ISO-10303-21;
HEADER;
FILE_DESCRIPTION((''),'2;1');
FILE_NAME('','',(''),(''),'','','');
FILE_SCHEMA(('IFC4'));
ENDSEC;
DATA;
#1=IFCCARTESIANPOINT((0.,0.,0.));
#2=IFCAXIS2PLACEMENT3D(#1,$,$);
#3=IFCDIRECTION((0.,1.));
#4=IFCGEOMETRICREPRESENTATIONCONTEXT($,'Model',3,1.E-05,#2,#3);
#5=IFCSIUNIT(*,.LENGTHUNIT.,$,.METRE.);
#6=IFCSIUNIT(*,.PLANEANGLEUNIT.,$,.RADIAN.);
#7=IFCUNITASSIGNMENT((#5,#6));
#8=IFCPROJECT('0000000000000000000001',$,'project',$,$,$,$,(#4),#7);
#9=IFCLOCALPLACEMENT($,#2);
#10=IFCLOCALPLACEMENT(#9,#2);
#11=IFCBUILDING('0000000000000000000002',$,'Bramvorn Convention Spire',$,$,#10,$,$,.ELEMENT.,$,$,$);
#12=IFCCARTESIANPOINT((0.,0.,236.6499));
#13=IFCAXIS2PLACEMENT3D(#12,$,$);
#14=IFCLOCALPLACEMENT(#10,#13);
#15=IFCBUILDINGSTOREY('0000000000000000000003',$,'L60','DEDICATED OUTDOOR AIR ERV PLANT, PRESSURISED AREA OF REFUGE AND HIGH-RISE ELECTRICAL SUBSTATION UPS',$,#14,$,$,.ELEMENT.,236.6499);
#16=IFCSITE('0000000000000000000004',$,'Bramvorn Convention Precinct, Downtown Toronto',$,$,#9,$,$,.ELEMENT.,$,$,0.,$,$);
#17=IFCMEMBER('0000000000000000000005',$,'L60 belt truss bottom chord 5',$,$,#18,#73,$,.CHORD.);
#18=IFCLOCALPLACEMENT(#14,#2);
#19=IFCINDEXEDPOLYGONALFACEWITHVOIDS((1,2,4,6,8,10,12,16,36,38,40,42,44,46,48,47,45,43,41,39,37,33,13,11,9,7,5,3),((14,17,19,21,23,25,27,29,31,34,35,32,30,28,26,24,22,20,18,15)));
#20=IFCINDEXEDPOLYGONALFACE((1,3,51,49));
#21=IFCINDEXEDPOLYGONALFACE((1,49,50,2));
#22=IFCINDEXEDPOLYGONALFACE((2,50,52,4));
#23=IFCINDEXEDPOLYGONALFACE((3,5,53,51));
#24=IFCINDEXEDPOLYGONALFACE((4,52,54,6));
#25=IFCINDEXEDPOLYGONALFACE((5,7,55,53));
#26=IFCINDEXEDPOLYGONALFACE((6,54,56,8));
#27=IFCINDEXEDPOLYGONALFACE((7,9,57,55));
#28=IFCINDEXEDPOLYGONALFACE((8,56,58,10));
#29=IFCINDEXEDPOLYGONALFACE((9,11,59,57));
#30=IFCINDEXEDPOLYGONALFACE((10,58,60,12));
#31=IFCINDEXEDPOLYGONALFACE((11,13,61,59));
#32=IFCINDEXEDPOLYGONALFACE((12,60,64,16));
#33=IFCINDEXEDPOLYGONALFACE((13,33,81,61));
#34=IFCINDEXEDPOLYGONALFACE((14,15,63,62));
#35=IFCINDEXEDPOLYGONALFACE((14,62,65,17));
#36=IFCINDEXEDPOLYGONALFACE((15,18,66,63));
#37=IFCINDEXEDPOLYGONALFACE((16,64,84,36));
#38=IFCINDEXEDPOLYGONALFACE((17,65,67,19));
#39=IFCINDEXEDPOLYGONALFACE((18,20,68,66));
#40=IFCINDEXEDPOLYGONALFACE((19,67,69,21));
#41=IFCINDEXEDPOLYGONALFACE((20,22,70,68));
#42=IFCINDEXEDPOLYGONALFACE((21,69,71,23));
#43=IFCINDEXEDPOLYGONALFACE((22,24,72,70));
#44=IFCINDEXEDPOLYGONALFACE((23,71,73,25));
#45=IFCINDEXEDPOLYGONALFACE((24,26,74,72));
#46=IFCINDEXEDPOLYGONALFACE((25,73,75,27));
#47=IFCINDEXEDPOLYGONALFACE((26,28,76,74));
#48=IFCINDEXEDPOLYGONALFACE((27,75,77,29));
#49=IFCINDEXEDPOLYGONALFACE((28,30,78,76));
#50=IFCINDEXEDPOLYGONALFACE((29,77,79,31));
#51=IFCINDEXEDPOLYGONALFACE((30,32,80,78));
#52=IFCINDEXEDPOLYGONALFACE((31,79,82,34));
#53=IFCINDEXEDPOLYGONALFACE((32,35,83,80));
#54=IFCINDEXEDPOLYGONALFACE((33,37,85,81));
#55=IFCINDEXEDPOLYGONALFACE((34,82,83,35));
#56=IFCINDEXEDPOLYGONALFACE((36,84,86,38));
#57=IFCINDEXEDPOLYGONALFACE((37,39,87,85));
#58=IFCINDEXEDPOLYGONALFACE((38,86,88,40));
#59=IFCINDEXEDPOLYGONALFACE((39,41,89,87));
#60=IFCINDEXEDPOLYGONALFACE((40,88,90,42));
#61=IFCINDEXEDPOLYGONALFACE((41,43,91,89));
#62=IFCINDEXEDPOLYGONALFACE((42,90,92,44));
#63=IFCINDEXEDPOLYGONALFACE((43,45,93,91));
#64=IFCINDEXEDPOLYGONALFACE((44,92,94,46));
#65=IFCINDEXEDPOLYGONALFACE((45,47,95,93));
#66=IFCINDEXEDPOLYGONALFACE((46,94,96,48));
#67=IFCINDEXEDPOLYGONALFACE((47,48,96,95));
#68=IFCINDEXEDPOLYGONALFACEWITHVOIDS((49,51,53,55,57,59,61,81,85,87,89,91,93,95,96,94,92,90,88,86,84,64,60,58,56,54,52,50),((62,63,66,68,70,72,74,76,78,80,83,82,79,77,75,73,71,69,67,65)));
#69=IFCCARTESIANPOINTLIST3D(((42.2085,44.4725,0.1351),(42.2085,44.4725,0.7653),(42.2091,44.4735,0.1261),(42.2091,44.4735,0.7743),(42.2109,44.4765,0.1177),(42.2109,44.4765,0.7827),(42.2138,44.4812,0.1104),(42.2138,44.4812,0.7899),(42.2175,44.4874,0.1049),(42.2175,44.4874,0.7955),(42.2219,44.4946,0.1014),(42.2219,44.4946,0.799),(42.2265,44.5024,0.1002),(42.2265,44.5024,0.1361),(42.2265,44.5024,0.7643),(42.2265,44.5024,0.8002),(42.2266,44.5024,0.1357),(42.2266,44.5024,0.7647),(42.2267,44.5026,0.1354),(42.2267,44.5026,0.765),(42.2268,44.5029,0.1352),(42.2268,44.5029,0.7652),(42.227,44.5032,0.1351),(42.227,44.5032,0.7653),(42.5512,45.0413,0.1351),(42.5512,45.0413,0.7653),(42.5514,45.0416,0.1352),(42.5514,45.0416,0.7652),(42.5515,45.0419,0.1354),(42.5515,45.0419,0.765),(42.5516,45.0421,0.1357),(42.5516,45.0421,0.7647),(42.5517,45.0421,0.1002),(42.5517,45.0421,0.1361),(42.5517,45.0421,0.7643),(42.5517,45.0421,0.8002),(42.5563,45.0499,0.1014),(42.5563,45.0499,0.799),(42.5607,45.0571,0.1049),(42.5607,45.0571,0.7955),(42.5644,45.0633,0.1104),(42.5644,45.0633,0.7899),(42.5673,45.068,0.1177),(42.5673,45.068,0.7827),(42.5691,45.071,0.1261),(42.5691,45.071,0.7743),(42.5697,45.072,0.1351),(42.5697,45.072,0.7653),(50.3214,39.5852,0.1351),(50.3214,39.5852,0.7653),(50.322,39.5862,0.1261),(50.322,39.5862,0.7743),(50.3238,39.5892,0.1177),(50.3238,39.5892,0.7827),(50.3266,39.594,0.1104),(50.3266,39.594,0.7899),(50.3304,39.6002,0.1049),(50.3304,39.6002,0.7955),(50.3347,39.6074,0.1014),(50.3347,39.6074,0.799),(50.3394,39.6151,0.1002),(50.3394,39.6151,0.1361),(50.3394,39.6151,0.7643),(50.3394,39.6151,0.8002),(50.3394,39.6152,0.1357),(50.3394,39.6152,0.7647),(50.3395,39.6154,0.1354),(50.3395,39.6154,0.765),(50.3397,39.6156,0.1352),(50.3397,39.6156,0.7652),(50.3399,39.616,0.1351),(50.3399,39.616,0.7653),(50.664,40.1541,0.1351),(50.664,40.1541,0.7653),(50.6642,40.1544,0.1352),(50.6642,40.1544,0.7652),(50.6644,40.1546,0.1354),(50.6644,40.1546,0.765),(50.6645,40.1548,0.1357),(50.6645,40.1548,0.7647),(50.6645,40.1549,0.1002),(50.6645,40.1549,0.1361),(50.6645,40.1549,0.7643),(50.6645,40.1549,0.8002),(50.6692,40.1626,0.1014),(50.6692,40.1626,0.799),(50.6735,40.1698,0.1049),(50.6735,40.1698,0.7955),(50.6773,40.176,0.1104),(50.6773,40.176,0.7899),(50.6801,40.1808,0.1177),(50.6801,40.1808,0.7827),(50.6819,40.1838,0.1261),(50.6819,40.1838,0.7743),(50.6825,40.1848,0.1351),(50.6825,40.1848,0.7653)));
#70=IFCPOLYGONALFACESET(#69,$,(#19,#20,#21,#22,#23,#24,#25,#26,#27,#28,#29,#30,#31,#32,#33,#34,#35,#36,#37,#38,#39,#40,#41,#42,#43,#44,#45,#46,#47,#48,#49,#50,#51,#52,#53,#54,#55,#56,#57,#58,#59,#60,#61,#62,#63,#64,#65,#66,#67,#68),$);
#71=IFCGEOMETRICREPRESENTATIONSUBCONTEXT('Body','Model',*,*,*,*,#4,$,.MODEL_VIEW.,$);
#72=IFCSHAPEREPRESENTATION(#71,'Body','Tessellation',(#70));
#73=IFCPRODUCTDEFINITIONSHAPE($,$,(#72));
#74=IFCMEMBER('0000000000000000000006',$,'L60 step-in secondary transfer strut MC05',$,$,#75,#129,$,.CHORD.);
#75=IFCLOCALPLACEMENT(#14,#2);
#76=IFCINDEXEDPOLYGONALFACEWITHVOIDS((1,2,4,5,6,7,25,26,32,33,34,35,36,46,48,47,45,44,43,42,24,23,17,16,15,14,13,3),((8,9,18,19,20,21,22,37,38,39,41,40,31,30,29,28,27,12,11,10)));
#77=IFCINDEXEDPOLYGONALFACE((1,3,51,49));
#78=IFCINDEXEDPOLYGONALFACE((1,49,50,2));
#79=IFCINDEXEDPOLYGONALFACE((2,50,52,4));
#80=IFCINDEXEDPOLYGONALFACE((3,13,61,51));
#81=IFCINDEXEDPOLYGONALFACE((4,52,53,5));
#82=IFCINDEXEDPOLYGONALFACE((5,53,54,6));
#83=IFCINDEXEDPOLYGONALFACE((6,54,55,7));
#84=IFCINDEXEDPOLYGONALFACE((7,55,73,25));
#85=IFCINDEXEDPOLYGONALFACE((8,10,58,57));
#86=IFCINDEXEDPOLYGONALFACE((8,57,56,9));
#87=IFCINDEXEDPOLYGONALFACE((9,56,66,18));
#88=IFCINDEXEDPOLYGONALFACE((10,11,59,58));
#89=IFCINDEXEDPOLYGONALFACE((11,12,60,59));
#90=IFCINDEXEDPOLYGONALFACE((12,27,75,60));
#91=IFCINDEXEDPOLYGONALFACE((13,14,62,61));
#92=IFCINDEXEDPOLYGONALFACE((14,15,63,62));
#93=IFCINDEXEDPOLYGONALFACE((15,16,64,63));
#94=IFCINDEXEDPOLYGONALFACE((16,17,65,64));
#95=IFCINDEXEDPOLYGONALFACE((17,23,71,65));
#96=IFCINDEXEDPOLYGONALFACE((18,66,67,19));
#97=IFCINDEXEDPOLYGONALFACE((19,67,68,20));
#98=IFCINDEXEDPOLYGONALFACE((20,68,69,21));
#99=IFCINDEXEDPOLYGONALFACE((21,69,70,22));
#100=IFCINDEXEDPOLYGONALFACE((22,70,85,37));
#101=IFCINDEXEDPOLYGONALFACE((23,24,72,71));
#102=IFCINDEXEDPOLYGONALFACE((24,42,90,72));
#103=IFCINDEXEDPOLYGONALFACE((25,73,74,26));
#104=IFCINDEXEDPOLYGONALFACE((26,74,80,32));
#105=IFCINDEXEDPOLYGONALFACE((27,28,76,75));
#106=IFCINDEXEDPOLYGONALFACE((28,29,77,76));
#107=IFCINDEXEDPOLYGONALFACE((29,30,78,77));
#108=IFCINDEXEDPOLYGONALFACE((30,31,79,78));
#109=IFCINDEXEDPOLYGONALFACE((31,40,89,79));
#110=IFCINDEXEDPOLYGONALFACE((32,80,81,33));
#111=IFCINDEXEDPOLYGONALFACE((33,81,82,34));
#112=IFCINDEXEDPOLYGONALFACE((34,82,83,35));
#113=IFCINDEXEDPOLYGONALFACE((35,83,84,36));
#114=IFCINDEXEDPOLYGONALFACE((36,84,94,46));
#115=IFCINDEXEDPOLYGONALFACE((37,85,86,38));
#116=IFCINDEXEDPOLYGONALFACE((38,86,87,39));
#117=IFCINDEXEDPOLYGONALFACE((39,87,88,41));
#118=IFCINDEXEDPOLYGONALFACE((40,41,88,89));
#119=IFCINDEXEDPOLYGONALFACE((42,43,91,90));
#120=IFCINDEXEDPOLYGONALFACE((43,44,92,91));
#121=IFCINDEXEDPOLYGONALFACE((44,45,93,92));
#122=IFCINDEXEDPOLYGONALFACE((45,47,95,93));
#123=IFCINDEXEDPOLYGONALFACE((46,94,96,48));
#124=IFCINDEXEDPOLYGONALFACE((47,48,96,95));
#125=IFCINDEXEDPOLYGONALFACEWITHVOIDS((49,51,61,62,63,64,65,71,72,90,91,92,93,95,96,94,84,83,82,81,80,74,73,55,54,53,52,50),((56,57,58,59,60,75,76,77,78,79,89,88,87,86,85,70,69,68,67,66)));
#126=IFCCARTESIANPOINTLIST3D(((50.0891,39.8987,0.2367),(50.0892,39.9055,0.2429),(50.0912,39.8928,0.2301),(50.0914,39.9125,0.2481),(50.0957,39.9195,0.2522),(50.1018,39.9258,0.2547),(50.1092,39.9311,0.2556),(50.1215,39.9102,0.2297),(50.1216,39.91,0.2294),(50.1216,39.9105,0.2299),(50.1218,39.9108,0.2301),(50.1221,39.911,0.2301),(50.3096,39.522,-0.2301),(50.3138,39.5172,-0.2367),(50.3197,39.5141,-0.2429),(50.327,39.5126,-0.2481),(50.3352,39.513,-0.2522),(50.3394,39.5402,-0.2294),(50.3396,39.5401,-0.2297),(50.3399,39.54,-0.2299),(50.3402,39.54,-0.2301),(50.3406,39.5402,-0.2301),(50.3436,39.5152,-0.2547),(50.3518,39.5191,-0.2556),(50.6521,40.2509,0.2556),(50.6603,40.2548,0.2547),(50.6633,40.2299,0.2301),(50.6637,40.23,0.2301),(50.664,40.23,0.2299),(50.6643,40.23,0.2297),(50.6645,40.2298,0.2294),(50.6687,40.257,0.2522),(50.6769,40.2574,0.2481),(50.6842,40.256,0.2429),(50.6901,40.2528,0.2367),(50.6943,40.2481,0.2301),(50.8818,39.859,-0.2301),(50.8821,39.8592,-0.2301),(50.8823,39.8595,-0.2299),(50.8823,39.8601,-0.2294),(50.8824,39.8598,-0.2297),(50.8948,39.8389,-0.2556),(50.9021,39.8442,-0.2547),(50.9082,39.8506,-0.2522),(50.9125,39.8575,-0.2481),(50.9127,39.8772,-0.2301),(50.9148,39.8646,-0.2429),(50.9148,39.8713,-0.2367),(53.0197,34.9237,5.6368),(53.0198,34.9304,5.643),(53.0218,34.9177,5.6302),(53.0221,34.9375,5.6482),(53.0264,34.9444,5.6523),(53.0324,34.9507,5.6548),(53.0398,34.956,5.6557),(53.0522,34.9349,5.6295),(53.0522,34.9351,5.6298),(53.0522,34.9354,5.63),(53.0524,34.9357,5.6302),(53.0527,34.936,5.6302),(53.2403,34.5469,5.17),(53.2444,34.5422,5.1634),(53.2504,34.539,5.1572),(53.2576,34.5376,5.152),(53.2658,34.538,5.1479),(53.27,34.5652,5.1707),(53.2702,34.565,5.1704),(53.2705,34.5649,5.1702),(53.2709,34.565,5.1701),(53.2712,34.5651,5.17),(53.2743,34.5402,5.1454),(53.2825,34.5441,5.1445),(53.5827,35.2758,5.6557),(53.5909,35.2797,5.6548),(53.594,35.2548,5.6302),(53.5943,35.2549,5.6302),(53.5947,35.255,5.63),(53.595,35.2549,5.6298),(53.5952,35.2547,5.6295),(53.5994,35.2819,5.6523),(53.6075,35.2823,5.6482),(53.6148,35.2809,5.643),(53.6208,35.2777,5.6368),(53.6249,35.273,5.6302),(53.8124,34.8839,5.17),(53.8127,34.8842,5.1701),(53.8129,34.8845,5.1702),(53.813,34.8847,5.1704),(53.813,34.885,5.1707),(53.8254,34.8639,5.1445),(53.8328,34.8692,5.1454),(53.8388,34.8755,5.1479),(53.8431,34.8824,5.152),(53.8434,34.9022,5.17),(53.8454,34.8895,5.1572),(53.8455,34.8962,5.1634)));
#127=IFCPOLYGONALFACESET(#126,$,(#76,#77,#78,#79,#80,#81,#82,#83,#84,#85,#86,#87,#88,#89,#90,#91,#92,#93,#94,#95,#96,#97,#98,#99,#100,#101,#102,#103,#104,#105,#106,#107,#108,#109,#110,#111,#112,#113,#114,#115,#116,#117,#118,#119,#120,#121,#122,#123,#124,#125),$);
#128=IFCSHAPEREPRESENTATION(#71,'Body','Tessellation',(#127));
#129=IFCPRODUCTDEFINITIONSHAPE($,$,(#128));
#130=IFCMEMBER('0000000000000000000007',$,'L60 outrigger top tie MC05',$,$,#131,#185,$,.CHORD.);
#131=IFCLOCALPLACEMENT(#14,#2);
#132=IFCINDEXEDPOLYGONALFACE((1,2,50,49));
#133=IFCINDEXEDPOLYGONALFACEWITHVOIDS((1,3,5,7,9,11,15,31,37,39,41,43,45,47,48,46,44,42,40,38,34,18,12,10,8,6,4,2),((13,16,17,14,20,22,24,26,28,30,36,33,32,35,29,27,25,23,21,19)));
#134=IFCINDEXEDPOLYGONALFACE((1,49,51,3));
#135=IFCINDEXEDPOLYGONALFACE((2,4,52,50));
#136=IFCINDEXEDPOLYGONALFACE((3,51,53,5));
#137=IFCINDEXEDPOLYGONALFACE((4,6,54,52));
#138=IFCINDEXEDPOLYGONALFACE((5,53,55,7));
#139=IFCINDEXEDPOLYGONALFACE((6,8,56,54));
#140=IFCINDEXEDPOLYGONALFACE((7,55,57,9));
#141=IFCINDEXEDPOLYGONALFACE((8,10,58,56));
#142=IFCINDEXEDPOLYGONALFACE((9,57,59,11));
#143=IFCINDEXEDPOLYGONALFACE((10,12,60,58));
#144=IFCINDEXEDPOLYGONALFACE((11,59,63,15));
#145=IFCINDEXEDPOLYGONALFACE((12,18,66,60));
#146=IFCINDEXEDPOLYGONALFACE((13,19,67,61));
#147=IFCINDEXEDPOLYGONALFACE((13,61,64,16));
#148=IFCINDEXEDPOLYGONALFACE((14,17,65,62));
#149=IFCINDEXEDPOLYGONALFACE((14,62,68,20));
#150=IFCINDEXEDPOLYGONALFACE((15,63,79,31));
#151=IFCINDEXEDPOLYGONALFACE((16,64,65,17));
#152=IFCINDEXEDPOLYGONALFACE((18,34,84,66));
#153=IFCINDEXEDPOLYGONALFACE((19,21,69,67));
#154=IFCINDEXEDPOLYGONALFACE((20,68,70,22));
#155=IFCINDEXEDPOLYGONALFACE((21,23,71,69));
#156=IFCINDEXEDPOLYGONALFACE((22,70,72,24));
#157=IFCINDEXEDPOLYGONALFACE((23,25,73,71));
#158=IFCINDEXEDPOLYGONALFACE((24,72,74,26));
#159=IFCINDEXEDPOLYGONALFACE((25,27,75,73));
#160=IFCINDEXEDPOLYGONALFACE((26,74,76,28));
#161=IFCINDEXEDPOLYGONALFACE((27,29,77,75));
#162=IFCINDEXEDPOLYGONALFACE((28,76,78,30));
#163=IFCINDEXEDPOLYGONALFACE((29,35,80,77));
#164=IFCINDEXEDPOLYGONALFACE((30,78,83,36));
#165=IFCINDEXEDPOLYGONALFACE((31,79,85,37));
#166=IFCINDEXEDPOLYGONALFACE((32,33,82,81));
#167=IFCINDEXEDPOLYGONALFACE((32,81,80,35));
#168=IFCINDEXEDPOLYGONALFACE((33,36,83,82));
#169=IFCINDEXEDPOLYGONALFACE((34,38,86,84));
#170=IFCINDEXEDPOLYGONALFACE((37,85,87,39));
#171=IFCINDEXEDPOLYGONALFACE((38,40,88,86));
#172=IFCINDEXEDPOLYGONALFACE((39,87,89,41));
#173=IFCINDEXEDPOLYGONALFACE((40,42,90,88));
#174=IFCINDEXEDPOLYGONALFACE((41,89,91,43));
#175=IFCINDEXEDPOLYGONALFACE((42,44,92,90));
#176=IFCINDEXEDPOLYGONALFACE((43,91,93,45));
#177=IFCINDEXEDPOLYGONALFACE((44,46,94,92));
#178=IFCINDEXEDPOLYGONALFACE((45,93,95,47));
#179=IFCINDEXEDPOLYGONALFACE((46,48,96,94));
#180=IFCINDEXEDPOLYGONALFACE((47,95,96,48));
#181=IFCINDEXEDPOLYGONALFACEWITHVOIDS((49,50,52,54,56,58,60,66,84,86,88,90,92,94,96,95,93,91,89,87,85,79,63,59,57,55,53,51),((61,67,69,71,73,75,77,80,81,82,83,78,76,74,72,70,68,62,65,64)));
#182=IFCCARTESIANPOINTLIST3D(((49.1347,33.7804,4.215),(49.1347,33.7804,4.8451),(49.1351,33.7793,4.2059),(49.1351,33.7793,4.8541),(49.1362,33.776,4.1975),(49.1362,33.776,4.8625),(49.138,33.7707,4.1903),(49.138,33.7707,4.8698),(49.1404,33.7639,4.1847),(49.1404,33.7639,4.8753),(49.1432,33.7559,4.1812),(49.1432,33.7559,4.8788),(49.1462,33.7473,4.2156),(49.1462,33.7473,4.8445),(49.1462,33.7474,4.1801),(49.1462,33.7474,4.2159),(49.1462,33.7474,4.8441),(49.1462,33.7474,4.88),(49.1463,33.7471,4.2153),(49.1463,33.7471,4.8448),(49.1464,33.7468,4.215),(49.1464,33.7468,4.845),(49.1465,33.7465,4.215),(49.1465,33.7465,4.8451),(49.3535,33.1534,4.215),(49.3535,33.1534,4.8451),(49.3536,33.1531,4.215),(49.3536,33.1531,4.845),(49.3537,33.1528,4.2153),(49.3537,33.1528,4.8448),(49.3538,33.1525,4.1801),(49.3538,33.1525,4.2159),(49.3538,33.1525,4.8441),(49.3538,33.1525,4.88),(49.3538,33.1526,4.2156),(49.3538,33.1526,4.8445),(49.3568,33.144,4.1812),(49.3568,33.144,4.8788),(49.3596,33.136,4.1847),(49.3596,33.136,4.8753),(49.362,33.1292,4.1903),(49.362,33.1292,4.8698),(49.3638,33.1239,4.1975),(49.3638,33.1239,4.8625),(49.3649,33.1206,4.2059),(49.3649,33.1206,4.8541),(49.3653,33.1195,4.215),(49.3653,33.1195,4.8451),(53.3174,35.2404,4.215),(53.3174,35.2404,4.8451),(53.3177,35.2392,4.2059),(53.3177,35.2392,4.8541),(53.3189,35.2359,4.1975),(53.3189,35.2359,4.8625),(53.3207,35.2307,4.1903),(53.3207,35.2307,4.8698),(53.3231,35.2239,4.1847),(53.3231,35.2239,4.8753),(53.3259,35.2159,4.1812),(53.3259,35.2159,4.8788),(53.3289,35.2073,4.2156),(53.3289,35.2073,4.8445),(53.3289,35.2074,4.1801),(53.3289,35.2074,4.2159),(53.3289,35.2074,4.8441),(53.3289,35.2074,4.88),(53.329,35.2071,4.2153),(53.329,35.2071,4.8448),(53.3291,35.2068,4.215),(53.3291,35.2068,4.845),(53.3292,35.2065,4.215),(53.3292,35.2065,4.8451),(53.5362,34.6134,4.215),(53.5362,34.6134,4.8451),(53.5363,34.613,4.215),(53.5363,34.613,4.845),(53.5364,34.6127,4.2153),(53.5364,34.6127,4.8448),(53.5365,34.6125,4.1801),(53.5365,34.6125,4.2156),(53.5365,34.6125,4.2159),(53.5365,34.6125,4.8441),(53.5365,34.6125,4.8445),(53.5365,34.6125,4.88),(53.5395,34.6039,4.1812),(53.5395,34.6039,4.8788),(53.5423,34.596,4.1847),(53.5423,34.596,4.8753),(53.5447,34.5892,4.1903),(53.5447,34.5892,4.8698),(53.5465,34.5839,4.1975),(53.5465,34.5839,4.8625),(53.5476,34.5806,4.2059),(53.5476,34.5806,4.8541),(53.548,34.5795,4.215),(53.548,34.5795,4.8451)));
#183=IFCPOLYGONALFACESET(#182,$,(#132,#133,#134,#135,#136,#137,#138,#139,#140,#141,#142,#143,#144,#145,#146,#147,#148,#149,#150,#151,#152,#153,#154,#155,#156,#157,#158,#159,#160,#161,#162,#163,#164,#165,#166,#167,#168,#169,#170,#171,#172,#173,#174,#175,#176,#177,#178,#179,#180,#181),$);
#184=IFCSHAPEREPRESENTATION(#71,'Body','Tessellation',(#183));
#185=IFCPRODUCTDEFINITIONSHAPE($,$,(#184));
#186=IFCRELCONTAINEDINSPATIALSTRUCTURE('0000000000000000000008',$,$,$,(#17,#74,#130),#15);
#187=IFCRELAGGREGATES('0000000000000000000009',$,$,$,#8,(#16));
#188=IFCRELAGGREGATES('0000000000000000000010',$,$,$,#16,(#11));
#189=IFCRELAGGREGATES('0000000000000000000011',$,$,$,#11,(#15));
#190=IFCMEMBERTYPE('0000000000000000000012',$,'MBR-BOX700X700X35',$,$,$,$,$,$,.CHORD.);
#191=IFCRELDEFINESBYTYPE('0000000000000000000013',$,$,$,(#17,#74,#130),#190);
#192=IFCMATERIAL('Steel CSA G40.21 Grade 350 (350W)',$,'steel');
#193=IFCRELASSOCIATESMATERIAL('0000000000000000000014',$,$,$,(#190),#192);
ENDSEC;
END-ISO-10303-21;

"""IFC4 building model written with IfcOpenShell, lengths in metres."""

from ifc_helpers import new_model, si_unit, direction, frame, origin, origin_2d, place, context, subcontext, project, spatial, hollow_rectangle, extrude, material, material_profile, profile_set, type_object, element, save


model = new_model("IFC4")

# Units and contexts
model_context = context("Model", 3, precision=1e-05, world=origin(), true_north=direction((0.0, 1.0)))
body_context = subcontext(model_context, "Body", "Model", "MODEL_VIEW")
ifc_project = project(units=[si_unit("LENGTHUNIT", "METRE"), si_unit("PLANEANGLEUNIT", "RADIAN")], contexts=[model_context])

# Site, building, storey
site_placement = place(None, origin())
site = spatial("IfcSite", under=ifc_project, at=site_placement, Name="Bramvorn Convention Precinct, Downtown Toronto", CompositionType="ELEMENT", RefElevation=0.0)
building_placement = place(site_placement, origin())
building = spatial("IfcBuilding", under=site, at=building_placement, Name="Bramvorn Convention Spire", CompositionType="ELEMENT")
storey_placement = place(building_placement, frame((0.0, 0.0, 236.6499)))
storey = spatial("IfcBuildingStorey", under=building, at=storey_placement, Name="L60", Description="DEDICATED OUTDOOR AIR ERV PLANT, PRESSURISED AREA OF REFUGE AND HIGH-RISE ELECTRICAL SUBSTATION UPS", CompositionType="ELEMENT", Elevation=236.6499)

# Shared definitions
ifc_material_1 = material(Name="Steel CSA G40.21 Grade 350 (350W)", Category="steel")

# Members
ifc_material_profile_1 = material_profile(ifc_material_1, hollow_rectangle(XDim=0.7, YDim=0.7, WallThickness=0.0349, InnerFilletRadius=0.001, OuterFilletRadius=0.0349, at=origin_2d()))
ifc_profile_set_1 = profile_set([ifc_material_profile_1], Name="Steel CSA G40.21 Grade 350 (350W) - BOX700X700X35")
member_type_1 = type_object("IfcMemberType", Name="MBR-BOX700X700X35", PredefinedType="CHORD", material=ifc_profile_set_1)
member_1_placement = place(storey_placement, frame((50.502, 39.885, 0.4502), z_axis=(-0.856582, 0.516011, 0.0), x_axis=(-0.516011, -0.856582, 0.0)))
element("IfcMember", 1, at=member_1_placement, inside=storey, type_object=member_type_1, Name="L60 belt truss bottom chord 5", PredefinedType="CHORD", context=body_context, shape_type="SweptSolid", body=[
    extrude(hollow_rectangle(XDim=0.7, YDim=0.7, WallThickness=0.0349, InnerFilletRadius=0.001, OuterFilletRadius=0.0349, at=origin_2d()), origin(), (0.0, 0.0, 1.0), 9.4712),
])
member_2_placement = place(storey_placement, frame((50.502, 39.885, 0.0), z_axis=(0.370697, -0.629296, 0.68306), x_axis=(0.861621, 0.507552, 0.0)))
element("IfcMember", 2, at=member_2_placement, inside=storey, type_object=member_type_1, Name="L60 step-in secondary transfer strut MC05", PredefinedType="CHORD", context=body_context, shape_type="SweptSolid", body=[
    extrude(hollow_rectangle(XDim=0.7, YDim=0.7, WallThickness=0.0349, InnerFilletRadius=0.001, OuterFilletRadius=0.0349, at=origin_2d()), origin(), (0.0, 0.0, 1.0), 7.9058),
])
member_3_placement = place(storey_placement, frame((49.25, 33.45, 4.53), z_axis=(0.944136, 0.329555, 0.0), x_axis=(-0.329555, 0.944136, 0.0)))
element("IfcMember", 3, at=member_3_placement, inside=storey, type_object=member_type_1, Name="L60 outrigger top tie MC05", PredefinedType="CHORD", context=body_context, shape_type="SweptSolid", body=[
    extrude(hollow_rectangle(XDim=0.7, YDim=0.7, WallThickness=0.0349, InnerFilletRadius=0.001, OuterFilletRadius=0.0349, at=origin_2d()), origin(), (0.0, 0.0, 1.0), 4.4302),
])

save(model, "model.ifc")
